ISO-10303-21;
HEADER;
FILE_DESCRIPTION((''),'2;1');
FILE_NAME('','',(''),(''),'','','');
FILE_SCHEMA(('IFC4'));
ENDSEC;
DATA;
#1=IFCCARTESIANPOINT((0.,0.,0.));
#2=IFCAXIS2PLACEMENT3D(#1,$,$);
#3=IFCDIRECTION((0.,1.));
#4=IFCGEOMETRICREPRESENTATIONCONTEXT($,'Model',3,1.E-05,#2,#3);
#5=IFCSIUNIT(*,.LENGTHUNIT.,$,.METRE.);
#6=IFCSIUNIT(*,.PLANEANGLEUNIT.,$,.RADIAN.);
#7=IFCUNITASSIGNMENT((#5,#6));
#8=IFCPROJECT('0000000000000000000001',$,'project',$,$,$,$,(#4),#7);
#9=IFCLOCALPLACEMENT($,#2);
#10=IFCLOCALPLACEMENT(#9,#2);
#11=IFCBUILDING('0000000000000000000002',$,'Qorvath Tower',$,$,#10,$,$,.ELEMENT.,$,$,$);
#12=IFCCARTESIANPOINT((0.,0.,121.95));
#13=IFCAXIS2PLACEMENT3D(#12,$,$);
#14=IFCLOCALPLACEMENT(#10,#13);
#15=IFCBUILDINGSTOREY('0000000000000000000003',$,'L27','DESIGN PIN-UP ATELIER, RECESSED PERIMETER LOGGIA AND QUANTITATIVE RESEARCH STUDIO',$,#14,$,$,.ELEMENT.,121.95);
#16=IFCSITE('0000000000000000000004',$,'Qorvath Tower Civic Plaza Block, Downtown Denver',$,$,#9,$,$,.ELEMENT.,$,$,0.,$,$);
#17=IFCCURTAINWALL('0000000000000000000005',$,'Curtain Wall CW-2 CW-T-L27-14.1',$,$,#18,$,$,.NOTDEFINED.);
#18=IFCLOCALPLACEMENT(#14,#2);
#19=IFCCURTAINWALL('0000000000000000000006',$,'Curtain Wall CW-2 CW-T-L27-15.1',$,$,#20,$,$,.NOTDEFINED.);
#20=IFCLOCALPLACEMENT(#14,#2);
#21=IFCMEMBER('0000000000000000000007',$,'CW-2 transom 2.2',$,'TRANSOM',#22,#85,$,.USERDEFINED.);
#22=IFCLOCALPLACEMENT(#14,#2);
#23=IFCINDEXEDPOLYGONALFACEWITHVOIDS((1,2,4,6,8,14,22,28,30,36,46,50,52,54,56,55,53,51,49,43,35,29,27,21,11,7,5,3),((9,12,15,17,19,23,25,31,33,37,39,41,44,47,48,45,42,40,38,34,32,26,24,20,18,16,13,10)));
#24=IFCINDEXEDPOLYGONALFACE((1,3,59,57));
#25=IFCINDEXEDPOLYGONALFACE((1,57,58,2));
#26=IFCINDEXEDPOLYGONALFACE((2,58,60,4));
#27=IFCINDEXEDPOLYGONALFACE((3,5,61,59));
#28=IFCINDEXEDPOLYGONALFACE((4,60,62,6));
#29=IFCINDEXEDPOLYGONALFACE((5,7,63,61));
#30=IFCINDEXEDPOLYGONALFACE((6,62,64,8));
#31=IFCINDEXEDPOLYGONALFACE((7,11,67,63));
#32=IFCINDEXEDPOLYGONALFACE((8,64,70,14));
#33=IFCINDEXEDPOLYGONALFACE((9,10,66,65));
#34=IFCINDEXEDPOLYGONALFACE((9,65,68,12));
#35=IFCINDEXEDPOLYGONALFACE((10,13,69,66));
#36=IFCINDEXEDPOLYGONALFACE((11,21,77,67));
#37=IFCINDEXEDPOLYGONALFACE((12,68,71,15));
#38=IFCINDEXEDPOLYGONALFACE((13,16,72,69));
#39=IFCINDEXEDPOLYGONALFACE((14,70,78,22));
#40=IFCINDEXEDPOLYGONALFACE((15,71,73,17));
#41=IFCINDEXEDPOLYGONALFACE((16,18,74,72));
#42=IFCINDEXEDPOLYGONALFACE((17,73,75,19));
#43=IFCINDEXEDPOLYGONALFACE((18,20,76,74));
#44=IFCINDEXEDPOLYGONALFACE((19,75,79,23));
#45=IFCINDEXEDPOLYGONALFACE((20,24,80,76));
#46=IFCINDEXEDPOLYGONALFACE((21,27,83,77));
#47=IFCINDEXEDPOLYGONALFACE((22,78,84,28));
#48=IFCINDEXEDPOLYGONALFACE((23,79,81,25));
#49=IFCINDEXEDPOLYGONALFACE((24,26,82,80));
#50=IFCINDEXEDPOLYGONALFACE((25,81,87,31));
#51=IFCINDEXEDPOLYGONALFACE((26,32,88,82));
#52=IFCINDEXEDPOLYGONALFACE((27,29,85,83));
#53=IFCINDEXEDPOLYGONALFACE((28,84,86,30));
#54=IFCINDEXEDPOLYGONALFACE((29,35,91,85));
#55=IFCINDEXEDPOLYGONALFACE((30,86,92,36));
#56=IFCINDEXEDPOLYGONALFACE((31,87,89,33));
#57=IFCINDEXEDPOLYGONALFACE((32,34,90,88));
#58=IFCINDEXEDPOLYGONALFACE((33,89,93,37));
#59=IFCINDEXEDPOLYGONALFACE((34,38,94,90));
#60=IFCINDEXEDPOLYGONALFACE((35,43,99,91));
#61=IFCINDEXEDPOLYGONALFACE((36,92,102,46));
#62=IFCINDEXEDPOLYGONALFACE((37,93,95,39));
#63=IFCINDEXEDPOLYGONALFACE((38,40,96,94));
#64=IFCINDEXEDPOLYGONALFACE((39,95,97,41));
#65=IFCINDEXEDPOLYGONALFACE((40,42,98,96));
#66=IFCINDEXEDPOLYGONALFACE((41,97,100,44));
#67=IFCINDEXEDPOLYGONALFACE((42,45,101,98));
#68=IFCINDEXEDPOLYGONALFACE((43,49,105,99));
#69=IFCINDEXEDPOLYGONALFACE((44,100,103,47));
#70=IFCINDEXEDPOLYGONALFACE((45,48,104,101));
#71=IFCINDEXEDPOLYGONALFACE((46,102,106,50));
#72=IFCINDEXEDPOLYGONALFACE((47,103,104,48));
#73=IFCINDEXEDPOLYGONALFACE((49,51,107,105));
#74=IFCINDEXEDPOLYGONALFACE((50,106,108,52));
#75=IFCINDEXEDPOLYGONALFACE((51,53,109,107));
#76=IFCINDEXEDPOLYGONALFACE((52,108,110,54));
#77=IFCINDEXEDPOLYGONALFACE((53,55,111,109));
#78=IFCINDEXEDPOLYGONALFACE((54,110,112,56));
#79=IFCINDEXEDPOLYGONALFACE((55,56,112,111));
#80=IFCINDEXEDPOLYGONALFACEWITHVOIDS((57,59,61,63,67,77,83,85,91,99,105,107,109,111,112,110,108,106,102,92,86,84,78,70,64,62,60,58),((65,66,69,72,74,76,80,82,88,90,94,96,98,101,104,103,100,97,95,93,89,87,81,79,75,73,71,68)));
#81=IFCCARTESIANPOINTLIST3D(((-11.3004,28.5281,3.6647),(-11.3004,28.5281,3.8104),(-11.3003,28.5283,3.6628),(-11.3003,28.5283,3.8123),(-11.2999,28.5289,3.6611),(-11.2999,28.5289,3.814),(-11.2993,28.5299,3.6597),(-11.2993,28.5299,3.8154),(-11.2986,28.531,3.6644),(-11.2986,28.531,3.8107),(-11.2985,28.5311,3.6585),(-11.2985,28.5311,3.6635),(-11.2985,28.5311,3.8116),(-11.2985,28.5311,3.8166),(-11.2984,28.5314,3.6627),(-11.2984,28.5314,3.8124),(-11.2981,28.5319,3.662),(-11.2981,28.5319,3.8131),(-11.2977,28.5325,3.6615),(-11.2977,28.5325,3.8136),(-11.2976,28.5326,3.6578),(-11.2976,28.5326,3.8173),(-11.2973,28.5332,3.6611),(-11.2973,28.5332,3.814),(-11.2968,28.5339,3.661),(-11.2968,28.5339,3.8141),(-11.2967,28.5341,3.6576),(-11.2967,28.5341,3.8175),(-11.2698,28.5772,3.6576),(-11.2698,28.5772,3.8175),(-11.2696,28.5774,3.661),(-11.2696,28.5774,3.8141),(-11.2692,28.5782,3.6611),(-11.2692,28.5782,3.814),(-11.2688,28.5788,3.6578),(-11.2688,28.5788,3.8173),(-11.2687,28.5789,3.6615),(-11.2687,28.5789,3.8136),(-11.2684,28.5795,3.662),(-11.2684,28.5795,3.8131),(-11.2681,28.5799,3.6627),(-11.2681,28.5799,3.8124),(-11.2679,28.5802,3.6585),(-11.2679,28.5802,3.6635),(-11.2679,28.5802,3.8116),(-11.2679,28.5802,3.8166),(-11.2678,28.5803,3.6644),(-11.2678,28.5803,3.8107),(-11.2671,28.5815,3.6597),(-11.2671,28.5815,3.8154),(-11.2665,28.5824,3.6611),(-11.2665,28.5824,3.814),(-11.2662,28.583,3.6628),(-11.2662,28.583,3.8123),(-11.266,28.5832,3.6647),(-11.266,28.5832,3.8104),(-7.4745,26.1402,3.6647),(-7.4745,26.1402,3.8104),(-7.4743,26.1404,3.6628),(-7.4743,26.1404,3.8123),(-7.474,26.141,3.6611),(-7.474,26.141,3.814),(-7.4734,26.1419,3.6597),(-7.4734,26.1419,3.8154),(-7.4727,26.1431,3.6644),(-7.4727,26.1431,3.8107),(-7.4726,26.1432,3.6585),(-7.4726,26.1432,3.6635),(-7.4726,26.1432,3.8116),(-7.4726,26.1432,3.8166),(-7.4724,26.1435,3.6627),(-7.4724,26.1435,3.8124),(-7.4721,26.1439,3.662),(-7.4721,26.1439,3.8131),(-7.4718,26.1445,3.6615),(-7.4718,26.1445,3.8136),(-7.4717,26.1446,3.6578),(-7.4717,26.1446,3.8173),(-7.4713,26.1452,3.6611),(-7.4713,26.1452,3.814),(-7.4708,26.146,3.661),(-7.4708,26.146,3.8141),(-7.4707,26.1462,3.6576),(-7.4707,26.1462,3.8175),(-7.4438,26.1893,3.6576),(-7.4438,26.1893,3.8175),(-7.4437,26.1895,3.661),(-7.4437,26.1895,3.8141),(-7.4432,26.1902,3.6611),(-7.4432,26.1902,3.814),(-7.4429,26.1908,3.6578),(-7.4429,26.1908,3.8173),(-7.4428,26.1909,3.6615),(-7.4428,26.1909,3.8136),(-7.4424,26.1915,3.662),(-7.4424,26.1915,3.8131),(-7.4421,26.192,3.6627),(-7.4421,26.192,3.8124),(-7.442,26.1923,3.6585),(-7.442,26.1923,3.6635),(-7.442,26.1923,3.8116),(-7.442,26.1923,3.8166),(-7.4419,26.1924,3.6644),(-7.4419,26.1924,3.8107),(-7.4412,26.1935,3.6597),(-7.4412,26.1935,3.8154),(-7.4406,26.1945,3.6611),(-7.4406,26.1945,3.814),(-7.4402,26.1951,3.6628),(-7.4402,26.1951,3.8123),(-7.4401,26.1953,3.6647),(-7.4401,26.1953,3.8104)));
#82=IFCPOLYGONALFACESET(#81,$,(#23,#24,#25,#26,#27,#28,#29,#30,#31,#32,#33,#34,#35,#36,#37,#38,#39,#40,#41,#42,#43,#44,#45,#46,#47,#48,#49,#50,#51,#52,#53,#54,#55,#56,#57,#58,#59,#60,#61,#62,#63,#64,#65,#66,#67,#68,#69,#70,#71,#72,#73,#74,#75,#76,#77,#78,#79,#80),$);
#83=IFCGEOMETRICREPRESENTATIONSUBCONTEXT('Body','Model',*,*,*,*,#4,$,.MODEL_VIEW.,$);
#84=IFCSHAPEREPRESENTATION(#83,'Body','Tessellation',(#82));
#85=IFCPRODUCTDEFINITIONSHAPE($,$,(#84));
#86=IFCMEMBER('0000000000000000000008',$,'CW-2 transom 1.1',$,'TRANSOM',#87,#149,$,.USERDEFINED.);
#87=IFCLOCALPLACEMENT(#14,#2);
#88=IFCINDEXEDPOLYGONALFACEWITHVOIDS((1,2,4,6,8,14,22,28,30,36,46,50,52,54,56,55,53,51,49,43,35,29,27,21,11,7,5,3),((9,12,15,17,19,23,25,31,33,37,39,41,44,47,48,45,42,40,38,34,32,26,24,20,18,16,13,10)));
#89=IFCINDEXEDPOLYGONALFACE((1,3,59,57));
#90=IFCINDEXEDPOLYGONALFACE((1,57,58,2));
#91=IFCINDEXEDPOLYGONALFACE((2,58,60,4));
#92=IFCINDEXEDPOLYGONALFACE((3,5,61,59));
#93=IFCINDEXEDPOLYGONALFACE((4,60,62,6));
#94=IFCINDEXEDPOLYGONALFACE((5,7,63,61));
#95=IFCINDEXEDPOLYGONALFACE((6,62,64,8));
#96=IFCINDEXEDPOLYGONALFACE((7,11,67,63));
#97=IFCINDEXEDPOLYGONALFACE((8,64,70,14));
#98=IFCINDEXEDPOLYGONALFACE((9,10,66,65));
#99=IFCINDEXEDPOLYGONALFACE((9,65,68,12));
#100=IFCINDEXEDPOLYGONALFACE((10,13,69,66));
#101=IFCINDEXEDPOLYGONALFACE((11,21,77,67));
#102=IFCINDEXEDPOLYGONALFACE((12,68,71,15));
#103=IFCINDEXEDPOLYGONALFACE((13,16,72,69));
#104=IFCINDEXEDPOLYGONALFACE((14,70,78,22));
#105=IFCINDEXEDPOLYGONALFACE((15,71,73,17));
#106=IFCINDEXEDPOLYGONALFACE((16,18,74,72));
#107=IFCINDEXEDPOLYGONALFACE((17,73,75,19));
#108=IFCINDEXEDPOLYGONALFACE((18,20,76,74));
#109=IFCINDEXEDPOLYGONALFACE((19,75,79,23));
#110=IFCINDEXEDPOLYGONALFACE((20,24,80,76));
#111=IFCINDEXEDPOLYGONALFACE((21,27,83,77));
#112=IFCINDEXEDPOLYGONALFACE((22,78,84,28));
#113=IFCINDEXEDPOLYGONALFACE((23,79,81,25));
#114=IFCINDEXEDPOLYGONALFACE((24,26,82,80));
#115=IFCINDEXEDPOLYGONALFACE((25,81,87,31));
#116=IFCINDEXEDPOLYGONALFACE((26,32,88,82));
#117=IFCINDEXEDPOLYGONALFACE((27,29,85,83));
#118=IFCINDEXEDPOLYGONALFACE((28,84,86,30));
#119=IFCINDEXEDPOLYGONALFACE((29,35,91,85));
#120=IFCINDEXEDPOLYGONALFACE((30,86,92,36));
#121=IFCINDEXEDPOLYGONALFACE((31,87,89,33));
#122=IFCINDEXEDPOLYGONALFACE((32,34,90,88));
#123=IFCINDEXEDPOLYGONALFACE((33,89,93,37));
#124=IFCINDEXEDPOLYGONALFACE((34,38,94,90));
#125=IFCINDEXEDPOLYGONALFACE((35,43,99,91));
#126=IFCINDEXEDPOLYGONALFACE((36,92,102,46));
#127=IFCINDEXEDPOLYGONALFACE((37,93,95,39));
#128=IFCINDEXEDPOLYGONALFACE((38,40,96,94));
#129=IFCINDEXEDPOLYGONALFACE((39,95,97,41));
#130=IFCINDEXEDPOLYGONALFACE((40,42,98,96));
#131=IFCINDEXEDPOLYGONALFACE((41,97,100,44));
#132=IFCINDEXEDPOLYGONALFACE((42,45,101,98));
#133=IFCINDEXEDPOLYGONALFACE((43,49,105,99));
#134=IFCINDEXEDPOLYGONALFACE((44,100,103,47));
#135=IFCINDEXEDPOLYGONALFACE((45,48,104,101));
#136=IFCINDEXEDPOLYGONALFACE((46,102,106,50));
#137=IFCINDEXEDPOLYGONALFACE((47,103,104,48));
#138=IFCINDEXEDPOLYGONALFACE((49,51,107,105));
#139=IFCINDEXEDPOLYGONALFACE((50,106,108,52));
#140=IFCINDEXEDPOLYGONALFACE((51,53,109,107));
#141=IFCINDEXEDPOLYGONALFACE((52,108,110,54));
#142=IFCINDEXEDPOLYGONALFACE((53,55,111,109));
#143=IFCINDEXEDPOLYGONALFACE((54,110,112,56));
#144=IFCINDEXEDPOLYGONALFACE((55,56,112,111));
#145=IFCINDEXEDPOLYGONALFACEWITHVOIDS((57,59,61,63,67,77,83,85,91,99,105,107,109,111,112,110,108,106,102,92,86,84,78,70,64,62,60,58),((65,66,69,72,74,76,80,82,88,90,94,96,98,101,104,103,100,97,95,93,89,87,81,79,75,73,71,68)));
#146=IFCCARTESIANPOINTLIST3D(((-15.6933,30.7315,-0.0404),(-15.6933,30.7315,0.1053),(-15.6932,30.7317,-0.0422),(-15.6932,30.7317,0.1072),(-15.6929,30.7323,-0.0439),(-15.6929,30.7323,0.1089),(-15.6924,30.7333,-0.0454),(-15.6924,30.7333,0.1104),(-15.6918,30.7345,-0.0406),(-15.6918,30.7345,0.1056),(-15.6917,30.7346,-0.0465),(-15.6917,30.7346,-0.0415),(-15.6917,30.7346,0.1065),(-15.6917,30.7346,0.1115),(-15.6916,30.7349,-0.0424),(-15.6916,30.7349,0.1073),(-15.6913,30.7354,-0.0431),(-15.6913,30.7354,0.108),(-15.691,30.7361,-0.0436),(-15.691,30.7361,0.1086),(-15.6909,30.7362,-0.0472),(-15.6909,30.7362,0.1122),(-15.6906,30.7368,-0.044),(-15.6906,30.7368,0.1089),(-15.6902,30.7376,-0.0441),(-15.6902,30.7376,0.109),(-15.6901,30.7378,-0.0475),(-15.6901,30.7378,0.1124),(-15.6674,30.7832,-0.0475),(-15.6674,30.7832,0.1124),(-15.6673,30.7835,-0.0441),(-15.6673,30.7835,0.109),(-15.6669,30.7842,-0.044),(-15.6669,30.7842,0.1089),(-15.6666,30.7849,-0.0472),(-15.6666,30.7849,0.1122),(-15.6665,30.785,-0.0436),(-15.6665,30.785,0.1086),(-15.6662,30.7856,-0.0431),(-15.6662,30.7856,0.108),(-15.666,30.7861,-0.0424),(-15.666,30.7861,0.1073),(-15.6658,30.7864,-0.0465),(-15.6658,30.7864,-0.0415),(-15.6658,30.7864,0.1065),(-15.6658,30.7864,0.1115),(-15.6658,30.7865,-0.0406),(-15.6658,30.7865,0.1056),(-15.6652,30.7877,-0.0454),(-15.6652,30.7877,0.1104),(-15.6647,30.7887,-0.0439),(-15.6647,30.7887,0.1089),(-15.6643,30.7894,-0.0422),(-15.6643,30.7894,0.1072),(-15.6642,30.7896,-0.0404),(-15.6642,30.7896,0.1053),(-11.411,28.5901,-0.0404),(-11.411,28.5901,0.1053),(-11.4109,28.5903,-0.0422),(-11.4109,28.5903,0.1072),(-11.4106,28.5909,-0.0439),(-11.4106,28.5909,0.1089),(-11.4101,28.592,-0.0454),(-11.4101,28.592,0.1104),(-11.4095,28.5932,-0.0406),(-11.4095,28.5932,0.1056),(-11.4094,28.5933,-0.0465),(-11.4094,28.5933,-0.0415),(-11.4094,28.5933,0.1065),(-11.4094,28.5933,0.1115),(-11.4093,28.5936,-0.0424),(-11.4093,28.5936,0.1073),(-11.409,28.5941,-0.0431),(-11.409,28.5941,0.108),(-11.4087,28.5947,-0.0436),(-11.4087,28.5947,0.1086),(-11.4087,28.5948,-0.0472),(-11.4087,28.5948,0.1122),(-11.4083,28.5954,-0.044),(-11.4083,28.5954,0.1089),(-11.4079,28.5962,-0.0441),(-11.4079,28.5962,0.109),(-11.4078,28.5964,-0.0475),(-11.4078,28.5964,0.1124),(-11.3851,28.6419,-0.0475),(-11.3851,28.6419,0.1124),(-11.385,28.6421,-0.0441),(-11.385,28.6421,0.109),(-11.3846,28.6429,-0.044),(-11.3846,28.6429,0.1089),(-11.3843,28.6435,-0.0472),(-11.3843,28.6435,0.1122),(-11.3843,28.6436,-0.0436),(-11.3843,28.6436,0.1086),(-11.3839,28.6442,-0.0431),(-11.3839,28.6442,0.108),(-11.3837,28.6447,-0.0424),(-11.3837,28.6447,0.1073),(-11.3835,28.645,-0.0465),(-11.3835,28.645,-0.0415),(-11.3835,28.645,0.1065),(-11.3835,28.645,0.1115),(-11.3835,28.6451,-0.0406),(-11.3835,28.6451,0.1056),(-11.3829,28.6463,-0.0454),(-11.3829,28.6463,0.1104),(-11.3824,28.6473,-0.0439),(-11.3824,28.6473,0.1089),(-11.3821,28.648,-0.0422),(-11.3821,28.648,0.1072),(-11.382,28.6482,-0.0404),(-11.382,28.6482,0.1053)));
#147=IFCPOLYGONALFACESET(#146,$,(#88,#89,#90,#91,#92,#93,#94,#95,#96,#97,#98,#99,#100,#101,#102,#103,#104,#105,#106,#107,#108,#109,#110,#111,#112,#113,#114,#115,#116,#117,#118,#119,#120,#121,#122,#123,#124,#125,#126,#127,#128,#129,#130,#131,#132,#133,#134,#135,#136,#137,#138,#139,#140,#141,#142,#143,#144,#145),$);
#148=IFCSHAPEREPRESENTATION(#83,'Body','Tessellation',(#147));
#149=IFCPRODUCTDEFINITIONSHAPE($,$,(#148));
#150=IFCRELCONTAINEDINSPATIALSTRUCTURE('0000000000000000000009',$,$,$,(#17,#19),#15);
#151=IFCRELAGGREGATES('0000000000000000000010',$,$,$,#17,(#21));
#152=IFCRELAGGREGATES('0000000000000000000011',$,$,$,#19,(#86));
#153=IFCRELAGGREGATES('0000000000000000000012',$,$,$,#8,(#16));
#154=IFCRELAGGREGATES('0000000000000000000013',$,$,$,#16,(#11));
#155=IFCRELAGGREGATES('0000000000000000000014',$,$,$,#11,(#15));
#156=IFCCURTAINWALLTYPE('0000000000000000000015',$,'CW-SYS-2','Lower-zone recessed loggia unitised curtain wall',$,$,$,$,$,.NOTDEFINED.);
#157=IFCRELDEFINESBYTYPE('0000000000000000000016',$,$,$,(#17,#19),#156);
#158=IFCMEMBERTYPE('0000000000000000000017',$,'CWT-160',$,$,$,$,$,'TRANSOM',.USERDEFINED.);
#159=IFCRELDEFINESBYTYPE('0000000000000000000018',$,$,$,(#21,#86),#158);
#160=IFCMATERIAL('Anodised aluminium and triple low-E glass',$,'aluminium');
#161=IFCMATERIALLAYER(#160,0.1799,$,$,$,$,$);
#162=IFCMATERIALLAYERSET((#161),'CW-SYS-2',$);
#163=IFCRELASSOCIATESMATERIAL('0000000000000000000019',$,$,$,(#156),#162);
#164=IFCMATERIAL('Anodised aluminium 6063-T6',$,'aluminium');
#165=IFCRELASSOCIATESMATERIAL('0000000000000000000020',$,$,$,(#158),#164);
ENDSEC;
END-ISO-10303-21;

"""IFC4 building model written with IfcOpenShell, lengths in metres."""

from ifc_helpers import new_model, si_unit, direction, frame, origin, origin_2d, place, context, subcontext, project, spatial, hollow_rectangle, extrude, material, layer, layer_set, material_profile, profile_set, type_object, element, aggregate, save


model = new_model("IFC4")

# Units and contexts
model_context = context("Model", 3, precision=1e-05, world=origin(), true_north=direction((0.0, 1.0)))
body_context = subcontext(model_context, "Body", "Model", "MODEL_VIEW")
ifc_project = project(units=[si_unit("LENGTHUNIT", "METRE"), si_unit("PLANEANGLEUNIT", "RADIAN")], contexts=[model_context])

# Site, building, storey
site_placement = place(None, origin())
site = spatial("IfcSite", under=ifc_project, at=site_placement, Name="Qorvath Tower Civic Plaza Block, Downtown Denver", CompositionType="ELEMENT", RefElevation=0.0)
building_placement = place(site_placement, origin())
building = spatial("IfcBuilding", under=site, at=building_placement, Name="Qorvath Tower", CompositionType="ELEMENT")
storey_placement = place(building_placement, frame((0.0, 0.0, 121.95)))
storey = spatial("IfcBuildingStorey", under=building, at=storey_placement, Name="L27", Description="DESIGN PIN-UP ATELIER, RECESSED PERIMETER LOGGIA AND QUANTITATIVE RESEARCH STUDIO", CompositionType="ELEMENT", Elevation=121.95)

# Shared definitions
ifc_material_1 = material(Name="Anodised aluminium and triple low-E glass", Category="aluminium")
ifc_layer_1 = layer(ifc_material_1, 0.1799)
ifc_layer_set_1 = layer_set([ifc_layer_1], Name="CW-SYS-2")
curtain_wall_type = type_object("IfcCurtainWallType", Name="CW-SYS-2", Description="Lower-zone recessed loggia unitised curtain wall", PredefinedType="NOTDEFINED", material=ifc_layer_set_1)

# Curtain walls
curtain_wall_1_placement = place(storey_placement, origin())
curtain_wall_1 = element("IfcCurtainWall", 1, at=curtain_wall_1_placement, inside=storey, type_object=curtain_wall_type, Name="Curtain Wall CW-2 CW-T-L27-14.1", PredefinedType="NOTDEFINED")
curtain_wall_2_placement = place(storey_placement, origin())
curtain_wall_2 = element("IfcCurtainWall", 2, at=curtain_wall_2_placement, inside=storey, type_object=curtain_wall_type, Name="Curtain Wall CW-2 CW-T-L27-15.1", PredefinedType="NOTDEFINED")

# Members
ifc_material_2 = material(Name="Anodised aluminium 6063-T6", Category="aluminium")
ifc_material_profile_1 = material_profile(ifc_material_2, hollow_rectangle(XDim=0.0649, YDim=0.1599, WallThickness=0.0034, InnerFilletRadius=0.0034, OuterFilletRadius=0.0071, at=origin_2d()), Name="CWT 160x65")
ifc_profile_set_1 = profile_set([ifc_material_profile_1], Name="Anodised aluminium 6063-T6")
member_type_1 = type_object("IfcMemberType", Name="CWT-160", ElementType="TRANSOM", PredefinedType="USERDEFINED", material=ifc_profile_set_1)
member_1_placement = place(storey_placement, frame((-7.4573, 26.1677, 3.7375), z_axis=(-0.848324, 0.529478, 0.0), x_axis=(-0.529478, -0.848324, 0.0)))
member_1 = element("IfcMember", 3, at=member_1_placement, type_object=member_type_1, Name="CW-2 transom 2.2", ObjectType="TRANSOM", PredefinedType="USERDEFINED", context=body_context, shape_type="SweptSolid", body=[
    extrude(hollow_rectangle(XDim=0.0649, YDim=0.1599, WallThickness=0.0034, InnerFilletRadius=0.0034, OuterFilletRadius=0.0071, at=origin_2d()), origin(), (0.0, 0.0, 1.0), 4.51),
])
member_2_placement = place(storey_placement, frame((-11.3965, 28.6191, 0.0325), z_axis=(-0.894407, 0.447254, 0.0), x_axis=(-0.447254, -0.894407, 0.0)))
member_2 = element("IfcMember", 4, at=member_2_placement, type_object=member_type_1, Name="CW-2 transom 1.1", ObjectType="TRANSOM", PredefinedType="USERDEFINED", context=body_context, shape_type="SweptSolid", body=[
    extrude(hollow_rectangle(XDim=0.0649, YDim=0.1599, WallThickness=0.0034, InnerFilletRadius=0.0034, OuterFilletRadius=0.0071, at=origin_2d()), origin(), (0.0, 0.0, 1.0), 4.7878),
])

aggregate(curtain_wall_1, [member_1])
aggregate(curtain_wall_2, [member_2])

save(model, "model.ifc")
